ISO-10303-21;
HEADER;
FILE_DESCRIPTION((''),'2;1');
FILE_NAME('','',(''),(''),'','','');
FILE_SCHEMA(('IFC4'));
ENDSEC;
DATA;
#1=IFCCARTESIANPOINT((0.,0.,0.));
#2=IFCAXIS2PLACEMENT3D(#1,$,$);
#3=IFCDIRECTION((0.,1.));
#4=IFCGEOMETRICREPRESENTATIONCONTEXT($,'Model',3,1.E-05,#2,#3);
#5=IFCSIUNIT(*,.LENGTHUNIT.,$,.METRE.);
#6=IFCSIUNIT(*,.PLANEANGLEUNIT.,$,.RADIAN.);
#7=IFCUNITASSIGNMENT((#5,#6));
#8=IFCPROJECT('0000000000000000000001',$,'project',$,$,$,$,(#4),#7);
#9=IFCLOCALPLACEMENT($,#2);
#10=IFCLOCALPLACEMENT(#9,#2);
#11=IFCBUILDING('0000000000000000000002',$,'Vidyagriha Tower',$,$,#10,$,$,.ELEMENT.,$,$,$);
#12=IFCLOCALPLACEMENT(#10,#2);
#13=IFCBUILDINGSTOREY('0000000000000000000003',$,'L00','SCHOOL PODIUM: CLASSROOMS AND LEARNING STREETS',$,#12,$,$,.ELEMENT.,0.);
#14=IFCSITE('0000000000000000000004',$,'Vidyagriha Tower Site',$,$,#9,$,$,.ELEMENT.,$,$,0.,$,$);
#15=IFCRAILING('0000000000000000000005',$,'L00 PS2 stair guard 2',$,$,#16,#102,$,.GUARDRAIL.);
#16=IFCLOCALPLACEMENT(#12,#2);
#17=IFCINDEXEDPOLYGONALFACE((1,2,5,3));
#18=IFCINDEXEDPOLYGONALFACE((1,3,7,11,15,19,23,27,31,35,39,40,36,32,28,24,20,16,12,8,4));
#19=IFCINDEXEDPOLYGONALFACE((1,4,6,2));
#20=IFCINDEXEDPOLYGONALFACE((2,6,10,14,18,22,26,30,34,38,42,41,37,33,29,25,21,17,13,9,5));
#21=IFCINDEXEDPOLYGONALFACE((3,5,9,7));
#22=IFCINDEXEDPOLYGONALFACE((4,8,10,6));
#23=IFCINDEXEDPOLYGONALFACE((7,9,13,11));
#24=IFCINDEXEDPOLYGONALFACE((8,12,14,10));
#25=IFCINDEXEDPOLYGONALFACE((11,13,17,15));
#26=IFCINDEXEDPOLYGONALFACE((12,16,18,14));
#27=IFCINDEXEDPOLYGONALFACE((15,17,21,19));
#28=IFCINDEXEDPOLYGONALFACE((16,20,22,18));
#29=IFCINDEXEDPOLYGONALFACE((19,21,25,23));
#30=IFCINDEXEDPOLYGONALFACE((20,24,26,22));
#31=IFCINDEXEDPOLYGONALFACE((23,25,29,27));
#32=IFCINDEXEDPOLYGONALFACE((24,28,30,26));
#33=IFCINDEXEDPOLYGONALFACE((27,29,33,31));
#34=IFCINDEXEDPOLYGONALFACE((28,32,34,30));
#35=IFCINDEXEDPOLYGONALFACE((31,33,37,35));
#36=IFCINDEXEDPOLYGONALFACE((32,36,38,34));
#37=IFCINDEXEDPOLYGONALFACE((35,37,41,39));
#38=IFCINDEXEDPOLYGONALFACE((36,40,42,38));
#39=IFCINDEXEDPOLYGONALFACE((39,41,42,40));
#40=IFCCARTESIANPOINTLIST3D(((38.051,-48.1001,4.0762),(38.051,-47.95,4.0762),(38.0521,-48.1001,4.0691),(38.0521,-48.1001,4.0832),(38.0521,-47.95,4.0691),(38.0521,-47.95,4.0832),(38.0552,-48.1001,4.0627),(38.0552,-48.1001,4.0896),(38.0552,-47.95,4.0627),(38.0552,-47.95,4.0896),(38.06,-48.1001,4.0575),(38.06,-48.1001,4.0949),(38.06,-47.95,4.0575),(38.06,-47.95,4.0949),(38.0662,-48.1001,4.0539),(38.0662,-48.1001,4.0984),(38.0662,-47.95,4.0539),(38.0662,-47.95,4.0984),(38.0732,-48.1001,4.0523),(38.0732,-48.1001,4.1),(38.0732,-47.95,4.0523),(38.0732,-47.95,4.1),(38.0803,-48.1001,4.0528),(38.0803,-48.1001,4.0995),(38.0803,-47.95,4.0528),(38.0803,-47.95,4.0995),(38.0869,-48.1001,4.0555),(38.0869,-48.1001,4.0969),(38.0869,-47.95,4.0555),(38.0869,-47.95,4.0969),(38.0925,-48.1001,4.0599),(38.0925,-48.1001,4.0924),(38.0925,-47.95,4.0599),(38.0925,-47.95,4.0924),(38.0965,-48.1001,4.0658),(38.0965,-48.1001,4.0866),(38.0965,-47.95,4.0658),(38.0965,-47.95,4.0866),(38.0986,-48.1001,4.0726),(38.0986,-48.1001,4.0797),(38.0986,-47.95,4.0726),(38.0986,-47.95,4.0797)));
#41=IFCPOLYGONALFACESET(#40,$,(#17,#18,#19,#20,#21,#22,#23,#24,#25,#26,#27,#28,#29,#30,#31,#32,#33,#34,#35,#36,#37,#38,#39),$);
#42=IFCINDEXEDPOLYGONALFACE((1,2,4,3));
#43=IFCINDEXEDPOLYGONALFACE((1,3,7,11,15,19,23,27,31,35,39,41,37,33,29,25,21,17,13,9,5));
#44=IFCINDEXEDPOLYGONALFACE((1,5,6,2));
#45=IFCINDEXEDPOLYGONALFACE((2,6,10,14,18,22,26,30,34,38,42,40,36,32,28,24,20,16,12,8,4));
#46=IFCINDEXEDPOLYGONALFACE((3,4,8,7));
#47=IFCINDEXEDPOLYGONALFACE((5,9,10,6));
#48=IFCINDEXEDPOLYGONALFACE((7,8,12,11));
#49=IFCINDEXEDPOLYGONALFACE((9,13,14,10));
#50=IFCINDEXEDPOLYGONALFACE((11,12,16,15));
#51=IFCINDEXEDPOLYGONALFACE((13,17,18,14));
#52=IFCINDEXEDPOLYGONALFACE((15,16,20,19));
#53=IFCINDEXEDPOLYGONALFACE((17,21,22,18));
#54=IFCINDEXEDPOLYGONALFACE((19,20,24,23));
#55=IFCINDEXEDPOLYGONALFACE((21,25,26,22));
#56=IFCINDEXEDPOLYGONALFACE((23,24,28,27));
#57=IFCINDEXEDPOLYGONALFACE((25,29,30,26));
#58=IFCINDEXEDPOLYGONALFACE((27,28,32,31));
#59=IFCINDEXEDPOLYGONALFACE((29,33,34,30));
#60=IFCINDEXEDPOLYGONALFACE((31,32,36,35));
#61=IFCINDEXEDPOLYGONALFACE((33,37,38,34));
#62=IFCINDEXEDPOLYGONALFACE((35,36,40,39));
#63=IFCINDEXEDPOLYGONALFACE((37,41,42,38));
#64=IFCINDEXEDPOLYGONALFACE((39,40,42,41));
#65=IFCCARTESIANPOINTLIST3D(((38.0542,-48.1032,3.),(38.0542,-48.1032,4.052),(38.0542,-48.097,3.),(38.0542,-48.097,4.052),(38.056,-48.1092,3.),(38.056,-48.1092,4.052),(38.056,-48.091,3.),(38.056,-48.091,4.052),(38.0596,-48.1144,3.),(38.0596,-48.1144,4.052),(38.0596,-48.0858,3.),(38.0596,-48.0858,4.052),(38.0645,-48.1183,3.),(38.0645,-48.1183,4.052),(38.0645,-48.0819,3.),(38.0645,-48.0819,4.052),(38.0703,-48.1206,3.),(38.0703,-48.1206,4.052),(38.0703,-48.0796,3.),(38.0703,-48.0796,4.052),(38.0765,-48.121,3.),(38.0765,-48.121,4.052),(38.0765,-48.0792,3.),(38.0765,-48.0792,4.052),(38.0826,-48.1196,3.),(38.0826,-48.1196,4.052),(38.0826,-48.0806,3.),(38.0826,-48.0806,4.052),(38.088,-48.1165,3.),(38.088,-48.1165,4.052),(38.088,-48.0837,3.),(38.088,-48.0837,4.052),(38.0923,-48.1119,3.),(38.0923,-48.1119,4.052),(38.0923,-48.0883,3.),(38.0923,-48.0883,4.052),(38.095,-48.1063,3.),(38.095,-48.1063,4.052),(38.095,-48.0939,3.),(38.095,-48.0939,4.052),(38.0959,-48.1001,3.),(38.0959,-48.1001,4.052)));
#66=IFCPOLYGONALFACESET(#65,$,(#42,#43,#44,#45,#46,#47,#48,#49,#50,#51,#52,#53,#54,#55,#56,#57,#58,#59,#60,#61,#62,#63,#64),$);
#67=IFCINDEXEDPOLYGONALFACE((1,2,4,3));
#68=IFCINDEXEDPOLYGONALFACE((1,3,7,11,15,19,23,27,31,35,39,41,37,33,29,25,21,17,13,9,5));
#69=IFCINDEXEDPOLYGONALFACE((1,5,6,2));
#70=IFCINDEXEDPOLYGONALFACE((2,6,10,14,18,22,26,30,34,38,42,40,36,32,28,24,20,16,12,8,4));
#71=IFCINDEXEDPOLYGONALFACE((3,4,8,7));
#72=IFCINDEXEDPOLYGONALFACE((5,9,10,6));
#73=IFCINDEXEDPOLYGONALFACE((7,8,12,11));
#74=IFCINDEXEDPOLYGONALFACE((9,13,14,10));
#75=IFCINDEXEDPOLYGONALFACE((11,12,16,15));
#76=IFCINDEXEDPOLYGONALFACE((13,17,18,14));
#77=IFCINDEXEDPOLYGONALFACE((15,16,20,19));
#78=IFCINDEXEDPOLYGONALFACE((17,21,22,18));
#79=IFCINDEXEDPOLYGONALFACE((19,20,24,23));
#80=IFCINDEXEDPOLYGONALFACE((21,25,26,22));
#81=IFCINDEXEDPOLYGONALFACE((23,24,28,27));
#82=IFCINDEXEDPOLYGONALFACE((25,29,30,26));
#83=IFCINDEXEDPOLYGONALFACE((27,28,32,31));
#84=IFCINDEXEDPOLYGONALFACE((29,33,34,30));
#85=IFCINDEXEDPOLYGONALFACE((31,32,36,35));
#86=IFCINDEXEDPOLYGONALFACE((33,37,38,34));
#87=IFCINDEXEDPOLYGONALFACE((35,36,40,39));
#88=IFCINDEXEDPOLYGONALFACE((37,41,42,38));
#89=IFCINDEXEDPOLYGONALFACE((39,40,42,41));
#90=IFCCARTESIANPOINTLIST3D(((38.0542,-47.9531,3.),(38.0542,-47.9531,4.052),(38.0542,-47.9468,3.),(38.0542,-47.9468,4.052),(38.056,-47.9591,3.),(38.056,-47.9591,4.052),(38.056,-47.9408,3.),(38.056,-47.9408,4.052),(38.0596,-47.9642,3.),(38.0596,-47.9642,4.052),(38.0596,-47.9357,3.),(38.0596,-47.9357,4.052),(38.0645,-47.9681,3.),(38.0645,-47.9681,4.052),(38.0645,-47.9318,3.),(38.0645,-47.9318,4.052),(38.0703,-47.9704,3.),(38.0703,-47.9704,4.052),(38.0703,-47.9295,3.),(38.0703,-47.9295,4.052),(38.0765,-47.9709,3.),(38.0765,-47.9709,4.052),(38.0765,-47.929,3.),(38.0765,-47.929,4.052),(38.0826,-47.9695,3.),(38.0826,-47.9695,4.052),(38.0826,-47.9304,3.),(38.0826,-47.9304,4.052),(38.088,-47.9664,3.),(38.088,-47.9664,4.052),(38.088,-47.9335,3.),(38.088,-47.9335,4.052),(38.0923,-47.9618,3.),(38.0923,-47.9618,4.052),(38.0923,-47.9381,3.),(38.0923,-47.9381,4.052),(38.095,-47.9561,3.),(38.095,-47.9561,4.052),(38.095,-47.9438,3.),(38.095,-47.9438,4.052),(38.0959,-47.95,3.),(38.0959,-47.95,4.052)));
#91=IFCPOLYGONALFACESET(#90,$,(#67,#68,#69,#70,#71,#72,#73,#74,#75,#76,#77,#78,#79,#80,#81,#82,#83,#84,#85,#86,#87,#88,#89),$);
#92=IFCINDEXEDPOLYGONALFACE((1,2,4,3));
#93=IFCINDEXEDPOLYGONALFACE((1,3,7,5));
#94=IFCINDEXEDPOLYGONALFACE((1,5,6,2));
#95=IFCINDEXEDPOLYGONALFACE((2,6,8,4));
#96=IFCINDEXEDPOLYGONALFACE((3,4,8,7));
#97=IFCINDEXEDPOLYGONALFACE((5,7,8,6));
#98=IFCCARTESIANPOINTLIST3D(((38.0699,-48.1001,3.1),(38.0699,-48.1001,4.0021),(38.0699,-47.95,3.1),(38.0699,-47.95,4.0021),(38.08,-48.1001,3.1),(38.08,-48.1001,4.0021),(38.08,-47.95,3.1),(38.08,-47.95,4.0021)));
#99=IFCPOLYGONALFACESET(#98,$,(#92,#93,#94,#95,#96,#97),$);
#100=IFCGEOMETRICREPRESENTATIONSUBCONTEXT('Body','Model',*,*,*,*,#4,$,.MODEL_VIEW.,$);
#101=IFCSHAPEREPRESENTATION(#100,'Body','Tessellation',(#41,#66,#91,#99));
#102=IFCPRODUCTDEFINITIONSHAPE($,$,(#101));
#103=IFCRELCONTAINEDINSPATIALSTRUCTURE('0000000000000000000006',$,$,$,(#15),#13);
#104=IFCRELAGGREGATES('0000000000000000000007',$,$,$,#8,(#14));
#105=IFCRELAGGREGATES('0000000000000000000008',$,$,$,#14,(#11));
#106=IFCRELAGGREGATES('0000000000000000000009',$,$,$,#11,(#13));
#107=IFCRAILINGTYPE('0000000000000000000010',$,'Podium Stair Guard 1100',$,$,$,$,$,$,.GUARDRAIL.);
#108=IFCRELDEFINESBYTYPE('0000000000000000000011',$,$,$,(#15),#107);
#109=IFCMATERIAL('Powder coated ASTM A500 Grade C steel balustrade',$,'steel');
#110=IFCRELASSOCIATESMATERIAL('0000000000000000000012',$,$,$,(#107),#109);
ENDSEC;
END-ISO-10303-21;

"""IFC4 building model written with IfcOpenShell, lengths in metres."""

from ifc_helpers import new_model, si_unit, direction, frame, origin, origin_2d, place, context, subcontext, project, spatial, rectangle, circle, extrude, material, type_object, element, save


model = new_model("IFC4")

# Units and contexts
model_context = context("Model", 3, precision=1e-05, world=origin(), true_north=direction((0.0, 1.0)))
body_context = subcontext(model_context, "Body", "Model", "MODEL_VIEW")
ifc_project = project(units=[si_unit("LENGTHUNIT", "METRE"), si_unit("PLANEANGLEUNIT", "RADIAN")], contexts=[model_context])

# Site, building, storey
site_placement = place(None, origin())
site = spatial("IfcSite", under=ifc_project, at=site_placement, Name="Vidyagriha Tower Site", CompositionType="ELEMENT", RefElevation=0.0)
building_placement = place(site_placement, origin())
building = spatial("IfcBuilding", under=site, at=building_placement, Name="Vidyagriha Tower", CompositionType="ELEMENT")
storey_placement = place(building_placement, origin())
storey = spatial("IfcBuildingStorey", under=building, at=storey_placement, Name="L00", Description="SCHOOL PODIUM: CLASSROOMS AND LEARNING STREETS", CompositionType="ELEMENT", Elevation=0.0)

# Railing
ifc_material_1 = material(Name="Powder coated ASTM A500 Grade C steel balustrade", Category="steel")
railing_type_1 = type_object("IfcRailingType", Name="Podium Stair Guard 1100", PredefinedType="GUARDRAIL", material=ifc_material_1)
railing_1_placement = place(storey_placement, frame((38.075, -48.1001, 3.0)))
element("IfcRailing", 1, at=railing_1_placement, inside=storey, type_object=railing_type_1, Name="L00 PS2 stair guard 2", PredefinedType="GUARDRAIL", context=body_context, shape_type="SweptSolid", body=[
    extrude(circle(Radius=0.0239, at=origin_2d()), frame((0.0, 0.0, 1.0762), z_axis=(0.0, 1.0, 0.0), x_axis=(-1.0, 0.0, 0.0)), (0.0, 0.0, 1.0), 0.1501),
    extrude(circle(Radius=0.021, at=origin_2d()), origin(), (0.0, 0.0, 1.0), 1.052),
    extrude(circle(Radius=0.021, at=origin_2d()), frame((0.0, 0.1501, 0.0)), (0.0, 0.0, 1.0), 1.052),
    extrude(rectangle(XDim=0.01, YDim=0.9021, at=origin_2d()), frame((0.0, 0.0, 0.551), z_axis=(0.0, 1.0, 0.0), x_axis=(-1.0, 0.0, 0.0)), (0.0, 0.0, 1.0), 0.1501),
])

save(model, "model.ifc")
